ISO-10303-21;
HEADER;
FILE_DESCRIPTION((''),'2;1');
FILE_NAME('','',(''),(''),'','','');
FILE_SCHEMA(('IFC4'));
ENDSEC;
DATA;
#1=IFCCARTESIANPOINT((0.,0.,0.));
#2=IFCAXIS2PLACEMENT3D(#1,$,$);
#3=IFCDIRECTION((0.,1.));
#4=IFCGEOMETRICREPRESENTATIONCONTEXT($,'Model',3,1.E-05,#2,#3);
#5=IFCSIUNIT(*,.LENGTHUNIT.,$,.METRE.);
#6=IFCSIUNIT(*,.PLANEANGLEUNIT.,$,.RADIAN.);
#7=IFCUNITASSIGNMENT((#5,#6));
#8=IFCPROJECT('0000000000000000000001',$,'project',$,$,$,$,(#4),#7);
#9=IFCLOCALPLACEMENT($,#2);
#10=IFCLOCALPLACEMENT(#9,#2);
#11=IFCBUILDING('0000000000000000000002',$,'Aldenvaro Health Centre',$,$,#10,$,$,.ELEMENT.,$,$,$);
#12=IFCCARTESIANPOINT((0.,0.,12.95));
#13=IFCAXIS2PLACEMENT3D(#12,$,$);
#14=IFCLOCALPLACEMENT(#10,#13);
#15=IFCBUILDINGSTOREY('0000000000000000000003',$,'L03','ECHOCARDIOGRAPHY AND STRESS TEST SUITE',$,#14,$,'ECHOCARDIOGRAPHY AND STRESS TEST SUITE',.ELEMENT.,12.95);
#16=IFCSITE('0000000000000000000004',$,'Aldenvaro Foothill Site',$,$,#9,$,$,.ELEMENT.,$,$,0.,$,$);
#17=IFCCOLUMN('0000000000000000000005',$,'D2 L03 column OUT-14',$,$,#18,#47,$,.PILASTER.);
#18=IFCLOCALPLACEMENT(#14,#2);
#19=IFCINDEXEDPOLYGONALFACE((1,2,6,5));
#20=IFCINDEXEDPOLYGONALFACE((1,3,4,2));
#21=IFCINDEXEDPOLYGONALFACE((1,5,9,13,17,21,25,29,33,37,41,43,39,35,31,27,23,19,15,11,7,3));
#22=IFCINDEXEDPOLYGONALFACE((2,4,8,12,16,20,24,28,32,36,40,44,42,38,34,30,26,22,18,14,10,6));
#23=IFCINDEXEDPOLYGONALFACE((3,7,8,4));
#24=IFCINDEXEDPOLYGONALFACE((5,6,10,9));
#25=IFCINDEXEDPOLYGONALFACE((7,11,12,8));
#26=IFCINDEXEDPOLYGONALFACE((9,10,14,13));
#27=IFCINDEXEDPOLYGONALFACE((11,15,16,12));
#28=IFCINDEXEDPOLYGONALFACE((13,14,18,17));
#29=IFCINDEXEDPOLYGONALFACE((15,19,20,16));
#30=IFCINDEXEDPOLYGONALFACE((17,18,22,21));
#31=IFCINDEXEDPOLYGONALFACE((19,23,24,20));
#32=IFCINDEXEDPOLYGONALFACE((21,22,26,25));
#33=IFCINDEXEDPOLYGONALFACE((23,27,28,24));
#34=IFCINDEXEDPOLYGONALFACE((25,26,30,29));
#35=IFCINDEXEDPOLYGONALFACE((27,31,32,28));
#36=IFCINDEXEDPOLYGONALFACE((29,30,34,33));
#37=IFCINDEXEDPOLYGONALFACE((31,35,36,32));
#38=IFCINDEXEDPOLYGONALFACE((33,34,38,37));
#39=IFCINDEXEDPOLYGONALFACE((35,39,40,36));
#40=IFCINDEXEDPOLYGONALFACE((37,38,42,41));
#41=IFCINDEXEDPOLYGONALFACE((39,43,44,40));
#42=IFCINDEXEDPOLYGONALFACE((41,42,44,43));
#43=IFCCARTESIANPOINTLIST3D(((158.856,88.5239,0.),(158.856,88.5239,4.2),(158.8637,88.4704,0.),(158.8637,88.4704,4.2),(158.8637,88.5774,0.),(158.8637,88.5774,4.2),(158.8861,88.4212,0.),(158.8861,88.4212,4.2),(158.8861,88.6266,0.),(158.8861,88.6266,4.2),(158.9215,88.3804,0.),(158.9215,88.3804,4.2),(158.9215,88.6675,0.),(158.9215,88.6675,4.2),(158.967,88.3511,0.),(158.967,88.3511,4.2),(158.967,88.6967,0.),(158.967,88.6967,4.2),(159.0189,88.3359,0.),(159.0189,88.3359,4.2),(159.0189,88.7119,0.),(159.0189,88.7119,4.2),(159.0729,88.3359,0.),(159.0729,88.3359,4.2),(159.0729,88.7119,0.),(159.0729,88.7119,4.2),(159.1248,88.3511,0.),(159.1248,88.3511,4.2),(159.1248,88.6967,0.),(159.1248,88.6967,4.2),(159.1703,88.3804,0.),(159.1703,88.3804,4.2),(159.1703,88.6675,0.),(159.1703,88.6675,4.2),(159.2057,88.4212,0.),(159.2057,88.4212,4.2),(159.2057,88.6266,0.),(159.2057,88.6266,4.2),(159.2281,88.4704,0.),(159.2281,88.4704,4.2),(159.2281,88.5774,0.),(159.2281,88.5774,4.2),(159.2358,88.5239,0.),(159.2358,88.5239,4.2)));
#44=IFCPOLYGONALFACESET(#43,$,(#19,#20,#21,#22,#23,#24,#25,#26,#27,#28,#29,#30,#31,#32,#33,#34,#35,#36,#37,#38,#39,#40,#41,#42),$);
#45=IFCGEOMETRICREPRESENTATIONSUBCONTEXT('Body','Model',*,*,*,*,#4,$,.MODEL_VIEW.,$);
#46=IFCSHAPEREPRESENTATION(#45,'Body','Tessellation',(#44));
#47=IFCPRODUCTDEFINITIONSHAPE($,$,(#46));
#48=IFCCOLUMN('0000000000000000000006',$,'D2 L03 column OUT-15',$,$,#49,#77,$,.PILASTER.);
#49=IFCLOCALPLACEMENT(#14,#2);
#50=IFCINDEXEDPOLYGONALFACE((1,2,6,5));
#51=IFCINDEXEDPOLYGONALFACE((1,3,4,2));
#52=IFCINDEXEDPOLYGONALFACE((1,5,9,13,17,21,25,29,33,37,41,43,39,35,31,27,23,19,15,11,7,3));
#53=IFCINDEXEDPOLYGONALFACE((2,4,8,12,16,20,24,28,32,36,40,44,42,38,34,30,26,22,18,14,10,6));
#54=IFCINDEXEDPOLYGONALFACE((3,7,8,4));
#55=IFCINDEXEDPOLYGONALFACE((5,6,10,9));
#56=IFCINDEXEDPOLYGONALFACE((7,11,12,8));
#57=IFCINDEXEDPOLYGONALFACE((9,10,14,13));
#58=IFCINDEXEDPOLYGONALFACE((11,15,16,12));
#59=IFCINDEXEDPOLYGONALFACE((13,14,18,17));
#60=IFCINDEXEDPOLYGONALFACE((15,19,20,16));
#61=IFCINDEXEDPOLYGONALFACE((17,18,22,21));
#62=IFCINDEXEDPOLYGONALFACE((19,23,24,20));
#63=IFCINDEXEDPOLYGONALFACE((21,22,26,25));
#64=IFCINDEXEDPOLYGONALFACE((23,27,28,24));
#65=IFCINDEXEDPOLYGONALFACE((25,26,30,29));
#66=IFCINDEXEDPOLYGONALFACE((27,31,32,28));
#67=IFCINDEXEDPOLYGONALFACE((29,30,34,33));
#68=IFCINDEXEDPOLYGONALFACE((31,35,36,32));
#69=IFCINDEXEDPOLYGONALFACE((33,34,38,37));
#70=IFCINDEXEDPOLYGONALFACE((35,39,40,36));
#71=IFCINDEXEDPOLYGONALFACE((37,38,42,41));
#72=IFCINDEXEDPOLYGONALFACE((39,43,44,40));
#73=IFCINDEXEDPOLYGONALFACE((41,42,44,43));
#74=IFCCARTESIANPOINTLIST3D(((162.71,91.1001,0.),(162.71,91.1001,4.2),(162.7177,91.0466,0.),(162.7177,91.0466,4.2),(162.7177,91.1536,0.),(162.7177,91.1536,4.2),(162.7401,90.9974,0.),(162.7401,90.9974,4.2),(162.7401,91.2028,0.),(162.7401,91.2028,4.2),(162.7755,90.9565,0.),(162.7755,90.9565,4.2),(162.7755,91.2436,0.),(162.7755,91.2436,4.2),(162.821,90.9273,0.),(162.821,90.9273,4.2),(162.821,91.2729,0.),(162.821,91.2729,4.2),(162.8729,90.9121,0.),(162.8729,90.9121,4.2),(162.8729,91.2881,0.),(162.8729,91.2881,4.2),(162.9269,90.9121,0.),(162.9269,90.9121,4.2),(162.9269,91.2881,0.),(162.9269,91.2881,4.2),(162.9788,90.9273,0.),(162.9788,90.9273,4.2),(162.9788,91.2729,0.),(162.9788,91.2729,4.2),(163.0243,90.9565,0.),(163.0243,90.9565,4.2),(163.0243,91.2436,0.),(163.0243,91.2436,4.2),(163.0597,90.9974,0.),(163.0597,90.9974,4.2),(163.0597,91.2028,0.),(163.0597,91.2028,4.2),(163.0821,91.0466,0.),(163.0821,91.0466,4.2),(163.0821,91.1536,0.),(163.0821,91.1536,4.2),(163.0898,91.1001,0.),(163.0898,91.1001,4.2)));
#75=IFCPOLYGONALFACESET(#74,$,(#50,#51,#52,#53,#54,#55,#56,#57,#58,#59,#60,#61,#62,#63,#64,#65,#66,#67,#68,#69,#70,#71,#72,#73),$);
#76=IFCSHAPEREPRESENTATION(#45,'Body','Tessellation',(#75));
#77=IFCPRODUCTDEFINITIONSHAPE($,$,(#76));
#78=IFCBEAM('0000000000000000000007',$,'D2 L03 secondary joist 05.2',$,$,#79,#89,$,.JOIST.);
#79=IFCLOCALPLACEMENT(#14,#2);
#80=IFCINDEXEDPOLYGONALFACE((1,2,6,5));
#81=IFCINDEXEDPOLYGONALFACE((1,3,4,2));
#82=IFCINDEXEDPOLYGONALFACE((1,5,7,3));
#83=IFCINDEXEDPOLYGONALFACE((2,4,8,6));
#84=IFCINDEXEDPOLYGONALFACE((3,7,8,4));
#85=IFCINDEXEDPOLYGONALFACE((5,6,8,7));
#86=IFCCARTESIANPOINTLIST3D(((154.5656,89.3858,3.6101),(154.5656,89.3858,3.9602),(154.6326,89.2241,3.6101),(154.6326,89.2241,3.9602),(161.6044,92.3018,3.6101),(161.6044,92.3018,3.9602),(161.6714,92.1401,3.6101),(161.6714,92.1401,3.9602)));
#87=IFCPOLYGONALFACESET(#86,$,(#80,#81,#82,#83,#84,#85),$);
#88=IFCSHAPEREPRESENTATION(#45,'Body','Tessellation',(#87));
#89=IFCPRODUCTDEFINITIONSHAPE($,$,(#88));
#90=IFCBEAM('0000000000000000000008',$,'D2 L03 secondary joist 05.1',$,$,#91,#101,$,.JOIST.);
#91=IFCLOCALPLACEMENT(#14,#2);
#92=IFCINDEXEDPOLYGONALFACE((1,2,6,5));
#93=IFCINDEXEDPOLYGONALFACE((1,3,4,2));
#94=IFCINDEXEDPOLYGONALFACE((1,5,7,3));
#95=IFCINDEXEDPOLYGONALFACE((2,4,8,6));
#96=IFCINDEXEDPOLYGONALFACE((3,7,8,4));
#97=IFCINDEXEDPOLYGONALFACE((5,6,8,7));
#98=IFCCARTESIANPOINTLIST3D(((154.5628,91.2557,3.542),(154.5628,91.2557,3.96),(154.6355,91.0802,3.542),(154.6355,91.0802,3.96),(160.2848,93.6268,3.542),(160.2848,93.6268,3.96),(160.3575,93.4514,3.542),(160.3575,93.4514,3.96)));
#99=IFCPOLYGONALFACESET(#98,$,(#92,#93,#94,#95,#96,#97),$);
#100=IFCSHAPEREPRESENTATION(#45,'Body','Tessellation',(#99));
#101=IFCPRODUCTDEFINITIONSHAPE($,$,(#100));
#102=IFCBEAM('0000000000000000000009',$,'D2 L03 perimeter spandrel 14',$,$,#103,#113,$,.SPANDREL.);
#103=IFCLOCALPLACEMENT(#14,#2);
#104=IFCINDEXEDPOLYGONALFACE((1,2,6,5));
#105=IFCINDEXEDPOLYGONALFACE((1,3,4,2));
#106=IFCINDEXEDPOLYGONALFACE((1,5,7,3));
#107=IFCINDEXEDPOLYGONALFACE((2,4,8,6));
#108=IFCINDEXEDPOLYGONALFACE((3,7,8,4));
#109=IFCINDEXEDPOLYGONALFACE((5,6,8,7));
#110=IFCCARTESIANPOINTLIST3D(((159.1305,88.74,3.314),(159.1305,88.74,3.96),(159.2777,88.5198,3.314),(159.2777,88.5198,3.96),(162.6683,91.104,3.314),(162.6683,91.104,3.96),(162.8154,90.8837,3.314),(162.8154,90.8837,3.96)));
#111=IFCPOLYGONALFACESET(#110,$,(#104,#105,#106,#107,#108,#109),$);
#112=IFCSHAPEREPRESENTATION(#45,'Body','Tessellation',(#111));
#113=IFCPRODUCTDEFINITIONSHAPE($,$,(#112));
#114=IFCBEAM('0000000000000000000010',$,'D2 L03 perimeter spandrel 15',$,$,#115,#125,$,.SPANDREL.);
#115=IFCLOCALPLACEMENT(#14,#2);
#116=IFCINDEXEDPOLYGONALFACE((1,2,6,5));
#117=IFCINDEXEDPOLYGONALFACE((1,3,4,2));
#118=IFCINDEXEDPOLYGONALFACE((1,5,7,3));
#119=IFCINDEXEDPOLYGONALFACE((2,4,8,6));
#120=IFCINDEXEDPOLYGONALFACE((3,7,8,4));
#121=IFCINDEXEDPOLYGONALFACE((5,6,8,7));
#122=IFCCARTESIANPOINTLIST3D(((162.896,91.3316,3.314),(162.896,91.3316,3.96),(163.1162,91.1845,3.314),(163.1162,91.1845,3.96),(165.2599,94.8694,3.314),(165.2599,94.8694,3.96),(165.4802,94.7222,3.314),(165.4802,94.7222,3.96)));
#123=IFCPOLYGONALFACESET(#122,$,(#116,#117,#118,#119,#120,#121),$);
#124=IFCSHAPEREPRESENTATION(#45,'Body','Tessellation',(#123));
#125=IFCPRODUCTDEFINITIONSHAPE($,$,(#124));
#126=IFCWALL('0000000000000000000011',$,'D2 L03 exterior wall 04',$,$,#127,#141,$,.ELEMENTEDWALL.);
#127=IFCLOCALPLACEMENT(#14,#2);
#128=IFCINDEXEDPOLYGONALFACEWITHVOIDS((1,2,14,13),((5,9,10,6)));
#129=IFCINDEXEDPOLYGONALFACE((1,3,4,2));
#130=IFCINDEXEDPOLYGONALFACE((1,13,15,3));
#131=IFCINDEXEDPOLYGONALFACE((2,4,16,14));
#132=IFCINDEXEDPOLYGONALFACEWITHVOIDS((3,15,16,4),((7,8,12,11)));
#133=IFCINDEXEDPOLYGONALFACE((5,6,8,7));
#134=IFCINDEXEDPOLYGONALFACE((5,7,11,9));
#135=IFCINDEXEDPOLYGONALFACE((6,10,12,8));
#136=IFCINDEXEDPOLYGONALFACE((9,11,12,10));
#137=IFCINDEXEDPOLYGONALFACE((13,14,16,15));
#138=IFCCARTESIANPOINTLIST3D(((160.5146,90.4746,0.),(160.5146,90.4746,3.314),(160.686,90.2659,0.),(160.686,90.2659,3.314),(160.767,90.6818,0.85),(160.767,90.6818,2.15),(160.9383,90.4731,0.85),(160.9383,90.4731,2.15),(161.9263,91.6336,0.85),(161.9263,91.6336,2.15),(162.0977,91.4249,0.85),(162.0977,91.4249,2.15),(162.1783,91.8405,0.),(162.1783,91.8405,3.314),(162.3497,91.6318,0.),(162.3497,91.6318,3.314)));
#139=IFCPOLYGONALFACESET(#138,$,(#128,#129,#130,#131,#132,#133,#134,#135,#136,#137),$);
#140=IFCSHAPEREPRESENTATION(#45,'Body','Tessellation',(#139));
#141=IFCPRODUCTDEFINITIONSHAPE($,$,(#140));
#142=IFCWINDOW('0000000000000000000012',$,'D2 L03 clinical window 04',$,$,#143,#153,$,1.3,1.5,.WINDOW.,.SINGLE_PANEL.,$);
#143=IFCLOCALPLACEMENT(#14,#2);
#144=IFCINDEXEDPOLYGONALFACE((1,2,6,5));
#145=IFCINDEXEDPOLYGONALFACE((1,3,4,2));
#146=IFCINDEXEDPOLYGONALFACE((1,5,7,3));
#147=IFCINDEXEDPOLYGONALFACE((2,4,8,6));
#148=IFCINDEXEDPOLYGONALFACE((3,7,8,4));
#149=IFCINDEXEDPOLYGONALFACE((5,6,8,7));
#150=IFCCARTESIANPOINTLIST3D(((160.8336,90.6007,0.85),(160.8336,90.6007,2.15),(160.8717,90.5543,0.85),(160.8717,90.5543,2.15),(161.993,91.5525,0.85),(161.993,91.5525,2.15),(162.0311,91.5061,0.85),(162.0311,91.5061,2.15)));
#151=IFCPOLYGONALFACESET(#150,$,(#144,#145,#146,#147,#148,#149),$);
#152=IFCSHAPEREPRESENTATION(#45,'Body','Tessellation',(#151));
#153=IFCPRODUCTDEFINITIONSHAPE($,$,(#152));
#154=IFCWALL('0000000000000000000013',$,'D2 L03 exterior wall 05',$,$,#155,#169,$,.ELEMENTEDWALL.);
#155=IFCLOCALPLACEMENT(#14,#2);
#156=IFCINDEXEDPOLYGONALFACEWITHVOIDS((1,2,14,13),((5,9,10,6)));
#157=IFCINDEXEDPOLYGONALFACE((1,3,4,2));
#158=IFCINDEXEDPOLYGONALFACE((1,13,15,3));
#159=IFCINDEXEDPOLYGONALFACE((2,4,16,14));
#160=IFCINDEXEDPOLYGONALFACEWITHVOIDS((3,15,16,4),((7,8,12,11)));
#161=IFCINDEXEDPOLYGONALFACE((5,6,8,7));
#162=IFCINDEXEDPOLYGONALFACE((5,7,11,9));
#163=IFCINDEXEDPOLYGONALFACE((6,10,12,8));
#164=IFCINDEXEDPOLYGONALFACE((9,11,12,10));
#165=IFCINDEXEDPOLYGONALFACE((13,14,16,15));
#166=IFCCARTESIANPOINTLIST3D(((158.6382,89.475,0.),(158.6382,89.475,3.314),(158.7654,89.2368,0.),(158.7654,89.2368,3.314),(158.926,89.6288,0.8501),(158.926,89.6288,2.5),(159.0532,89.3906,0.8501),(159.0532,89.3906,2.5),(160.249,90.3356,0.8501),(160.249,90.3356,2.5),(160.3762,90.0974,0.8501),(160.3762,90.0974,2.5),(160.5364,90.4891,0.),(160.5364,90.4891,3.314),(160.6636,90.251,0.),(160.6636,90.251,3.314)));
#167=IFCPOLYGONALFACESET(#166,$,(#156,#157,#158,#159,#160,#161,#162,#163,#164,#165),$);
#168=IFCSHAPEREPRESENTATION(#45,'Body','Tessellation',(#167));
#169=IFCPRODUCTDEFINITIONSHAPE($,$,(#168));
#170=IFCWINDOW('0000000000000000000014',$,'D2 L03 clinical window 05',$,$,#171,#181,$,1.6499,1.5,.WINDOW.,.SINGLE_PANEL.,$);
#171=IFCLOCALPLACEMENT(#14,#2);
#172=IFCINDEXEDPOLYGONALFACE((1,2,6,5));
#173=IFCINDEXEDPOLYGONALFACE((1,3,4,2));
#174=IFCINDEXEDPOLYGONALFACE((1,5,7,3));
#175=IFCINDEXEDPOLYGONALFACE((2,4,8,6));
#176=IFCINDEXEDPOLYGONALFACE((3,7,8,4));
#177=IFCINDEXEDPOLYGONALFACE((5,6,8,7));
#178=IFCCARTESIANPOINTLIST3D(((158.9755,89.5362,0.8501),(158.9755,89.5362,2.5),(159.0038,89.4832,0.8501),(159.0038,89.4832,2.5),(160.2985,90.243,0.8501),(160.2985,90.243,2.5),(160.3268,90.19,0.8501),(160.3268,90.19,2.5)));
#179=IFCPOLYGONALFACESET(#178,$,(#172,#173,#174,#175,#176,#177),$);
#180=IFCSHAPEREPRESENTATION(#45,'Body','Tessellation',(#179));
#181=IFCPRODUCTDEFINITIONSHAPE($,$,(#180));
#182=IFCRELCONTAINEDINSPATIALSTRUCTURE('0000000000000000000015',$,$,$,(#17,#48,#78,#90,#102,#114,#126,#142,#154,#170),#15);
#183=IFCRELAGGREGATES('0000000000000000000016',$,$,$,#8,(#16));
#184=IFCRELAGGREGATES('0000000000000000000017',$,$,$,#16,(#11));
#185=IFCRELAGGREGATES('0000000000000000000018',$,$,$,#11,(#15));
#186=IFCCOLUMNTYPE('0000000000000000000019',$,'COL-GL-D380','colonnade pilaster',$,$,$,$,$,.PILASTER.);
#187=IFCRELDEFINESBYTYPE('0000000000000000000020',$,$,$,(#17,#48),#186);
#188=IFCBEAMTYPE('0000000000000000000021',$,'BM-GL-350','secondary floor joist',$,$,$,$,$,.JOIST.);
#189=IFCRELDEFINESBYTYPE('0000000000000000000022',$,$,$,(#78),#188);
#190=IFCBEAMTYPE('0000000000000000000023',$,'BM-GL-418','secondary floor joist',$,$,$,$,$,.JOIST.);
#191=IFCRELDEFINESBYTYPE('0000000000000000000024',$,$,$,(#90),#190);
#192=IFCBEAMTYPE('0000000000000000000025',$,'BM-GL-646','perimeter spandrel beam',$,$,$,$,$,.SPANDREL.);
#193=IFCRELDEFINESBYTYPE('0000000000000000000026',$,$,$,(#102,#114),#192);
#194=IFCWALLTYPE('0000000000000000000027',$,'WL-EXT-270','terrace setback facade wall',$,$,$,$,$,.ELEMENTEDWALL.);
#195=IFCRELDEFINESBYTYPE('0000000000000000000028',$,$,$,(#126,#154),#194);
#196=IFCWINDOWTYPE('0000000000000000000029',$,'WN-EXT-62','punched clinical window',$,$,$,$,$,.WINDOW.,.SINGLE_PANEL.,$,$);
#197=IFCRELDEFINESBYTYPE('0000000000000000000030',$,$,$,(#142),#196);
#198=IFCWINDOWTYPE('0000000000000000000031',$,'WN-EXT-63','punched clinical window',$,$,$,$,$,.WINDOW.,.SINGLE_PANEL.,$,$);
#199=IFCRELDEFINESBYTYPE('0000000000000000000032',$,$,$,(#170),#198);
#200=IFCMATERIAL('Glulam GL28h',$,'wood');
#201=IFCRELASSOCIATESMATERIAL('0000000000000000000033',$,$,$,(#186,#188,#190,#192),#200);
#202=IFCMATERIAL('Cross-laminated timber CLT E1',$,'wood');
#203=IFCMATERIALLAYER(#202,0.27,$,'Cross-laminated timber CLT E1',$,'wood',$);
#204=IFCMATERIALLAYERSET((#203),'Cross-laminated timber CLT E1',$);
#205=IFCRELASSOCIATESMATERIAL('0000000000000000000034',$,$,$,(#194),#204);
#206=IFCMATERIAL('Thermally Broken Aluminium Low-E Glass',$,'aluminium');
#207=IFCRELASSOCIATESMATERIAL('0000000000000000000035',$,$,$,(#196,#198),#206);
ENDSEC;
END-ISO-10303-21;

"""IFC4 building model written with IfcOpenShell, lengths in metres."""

from ifc_helpers import new_model, si_unit, direction, frame, frame_2d, origin, origin_2d, place, context, subcontext, project, spatial, rectangle, circle, extrude, material, layer, layer_set, material_profile, profile_set, type_object, element, fill, save


model = new_model("IFC4")

# Units and contexts
model_context = context("Model", 3, precision=1e-05, world=origin(), true_north=direction((0.0, 1.0)))
body_context = subcontext(model_context, "Body", "Model", "MODEL_VIEW")
ifc_project = project(units=[si_unit("LENGTHUNIT", "METRE"), si_unit("PLANEANGLEUNIT", "RADIAN")], contexts=[model_context])

# Site, building, storey
site_placement = place(None, origin())
site = spatial("IfcSite", under=ifc_project, at=site_placement, Name="Aldenvaro Foothill Site", CompositionType="ELEMENT", RefElevation=0.0)
building_placement = place(site_placement, origin())
building = spatial("IfcBuilding", under=site, at=building_placement, Name="Aldenvaro Health Centre", CompositionType="ELEMENT")
storey_placement = place(building_placement, frame((0.0, 0.0, 12.95)))
storey = spatial("IfcBuildingStorey", under=building, at=storey_placement, Name="L03", Description="ECHOCARDIOGRAPHY AND STRESS TEST SUITE", LongName="ECHOCARDIOGRAPHY AND STRESS TEST SUITE", CompositionType="ELEMENT", Elevation=12.95)

# Columns
ifc_material_1 = material(Name="Glulam GL28h", Category="wood")
ifc_material_profile_1 = material_profile(ifc_material_1, circle(Radius=0.1899, at=origin_2d()), Name="GL D380", Category="wood")
ifc_profile_set_1 = profile_set([ifc_material_profile_1], Name="Glulam GL28h")
column_type = type_object("IfcColumnType", Name="COL-GL-D380", Description="colonnade pilaster", PredefinedType="PILASTER", material=ifc_profile_set_1)
for number, where, z_axis, x_axis, name in (
    (1, (159.0459, 88.5239, 0.0), (0.0, 0.0, 1.0), (1.0, 0.0, 0.0), "D2 L03 column OUT-14"),
    (2, (162.8999, 91.1001, 0.0), (0.0, 0.0, 1.0), (1.0, 0.0, 0.0), "D2 L03 column OUT-15"),
):
    element("IfcColumn", number, at=place(storey_placement, frame(where, z_axis=z_axis, x_axis=x_axis)), inside=storey, type_object=column_type, Name=name, PredefinedType="PILASTER", context=body_context, shape_type="SweptSolid", body=[
        extrude(circle(Radius=0.1899, at=origin_2d()), origin(), (0.0, 0.0, 1.0), 4.2),
    ])

# Beams
ifc_material_profile_2 = material_profile(ifc_material_1, rectangle(XDim=0.175, YDim=0.3501, at=origin_2d()), Name="GL 175x350", Category="wood")
ifc_profile_set_2 = profile_set([ifc_material_profile_2], Name="Glulam GL28h")
beam_type_1 = type_object("IfcBeamType", Name="BM-GL-350", Description="secondary floor joist", PredefinedType="JOIST", material=ifc_profile_set_2)
beam_1_placement = place(storey_placement, frame((154.5991, 89.3049, 3.7852), z_axis=(0.923859, 0.382733, 0.0), x_axis=(-0.382733, 0.923859, 0.0)))
element("IfcBeam", 3, at=beam_1_placement, inside=storey, type_object=beam_type_1, Name="D2 L03 secondary joist 05.2", PredefinedType="JOIST", context=body_context, shape_type="SweptSolid", body=[
    extrude(rectangle(XDim=0.175, YDim=0.3501, at=origin_2d()), origin(), (0.0, 0.0, 1.0), 7.6189),
])
ifc_material_profile_3 = material_profile(ifc_material_1, rectangle(XDim=0.1899, YDim=0.418, at=origin_2d()), Name="GL 190x418", Category="wood")
ifc_profile_set_3 = profile_set([ifc_material_profile_3], Name="Glulam GL28h")
beam_type_2 = type_object("IfcBeamType", Name="BM-GL-418", Description="secondary floor joist", PredefinedType="JOIST", material=ifc_profile_set_3)
beam_2_placement = place(storey_placement, frame((154.5991, 91.168, 3.751), z_axis=(0.923823, 0.382821, 0.0), x_axis=(-0.382821, 0.923823, 0.0)))
element("IfcBeam", 4, at=beam_2_placement, inside=storey, type_object=beam_type_2, Name="D2 L03 secondary joist 05.1", PredefinedType="JOIST", context=body_context, shape_type="SweptSolid", body=[
    extrude(rectangle(XDim=0.1899, YDim=0.418, at=origin_2d()), origin(), (0.0, 0.0, 1.0), 6.1938),
])
ifc_material_profile_4 = material_profile(ifc_material_1, rectangle(XDim=0.2649, YDim=0.646, at=origin_2d()), Name="GL 265x646", Category="wood")
ifc_profile_set_4 = profile_set([ifc_material_profile_4], Name="Glulam GL28h")
beam_type_3 = type_object("IfcBeamType", Name="BM-GL-646", Description="perimeter spandrel beam", PredefinedType="SPANDREL", material=ifc_profile_set_4)
for number, where, z_axis, x_axis, name in (
    (5, (159.2041, 88.6299, 3.637), (0.831458, 0.555587, 0.0), (-0.555587, 0.831458, 0.0), "D2 L03 perimeter spandrel 14"),
    (6, (163.0061, 91.2581, 3.637), (0.555587, 0.831458, 0.0), (-0.831458, 0.555587, 0.0), "D2 L03 perimeter spandrel 15"),
):
    element("IfcBeam", number, at=place(storey_placement, frame(where, z_axis=z_axis, x_axis=x_axis)), inside=storey, type_object=beam_type_3, Name=name, PredefinedType="SPANDREL", context=body_context, shape_type="SweptSolid", body=[
        extrude(rectangle(XDim=0.2649, YDim=0.646, at=origin_2d()), origin(), (0.0, 0.0, 1.0), 4.2549),
    ])

# Walls, openings, windows
ifc_material_2 = material(Name="Cross-laminated timber CLT E1", Category="wood")
ifc_layer = layer(ifc_material_2, 0.27, Name="Cross-laminated timber CLT E1", Category="wood")
ifc_layer_set = layer_set([ifc_layer], Name="Cross-laminated timber CLT E1")
wall_type = type_object("IfcWallType", Name="WL-EXT-270", Description="terrace setback facade wall", PredefinedType="ELEMENTEDWALL", material=ifc_layer_set)
wall_1_placement = place(storey_placement, frame((162.2639, 91.7361, 0.0), z_axis=(0.0, 0.0, 1.0), x_axis=(-0.772895, -0.634534, 0.0)))
wall_1 = element("IfcWall", 7, at=wall_1_placement, inside=storey, type_object=wall_type, Name="D2 L03 exterior wall 04", PredefinedType="ELEMENTEDWALL", context=body_context, shape_type="SweptSolid", body=[
    extrude(rectangle(XDim=2.1526, YDim=0.27, at=frame_2d((1.0762, 0.0))), origin(), (0.0, 0.0, 1.0), 3.314),
])
opening_1_placement = place(wall_1_placement, frame((0.3259, 0.0, 0.8501)))
opening_1 = element("IfcOpeningElement", 8, at=opening_1_placement, cuts=wall_1, PredefinedType="OPENING", context=body_context, shape_type="SweptSolid", body=[
    extrude(rectangle(XDim=1.5, YDim=1.3, at=frame_2d((0.75, 0.6499))), frame((0.0, 0.145, 0.0), z_axis=(0.0, -1.0, 0.0), x_axis=(1.0, 0.0, 0.0)), (0.0, 0.0, 1.0), 0.29),
])
ifc_material_3 = material(Name="Thermally Broken Aluminium Low-E Glass", Category="aluminium")
window_type_1 = type_object("IfcWindowType", Name="WN-EXT-62", Description="punched clinical window", PartitioningType="SINGLE_PANEL", PredefinedType="WINDOW", material=ifc_material_3)
window_1_placement = place(opening_1_placement, origin())
window_1 = element("IfcWindow", 9, at=window_1_placement, inside=storey, type_object=window_type_1, Name="D2 L03 clinical window 04", OverallHeight=1.3, OverallWidth=1.5, PartitioningType="SINGLE_PANEL", PredefinedType="WINDOW", context=body_context, shape_type="SweptSolid", body=[
    extrude(rectangle(XDim=1.5, YDim=1.3, at=frame_2d((0.75, 0.6499))), frame((0.0, 0.03, 0.0), z_axis=(0.0, -1.0, 0.0), x_axis=(1.0, 0.0, 0.0)), (0.0, 0.0, 1.0), 0.0601),
])
fill(opening_1, window_1)
wall_2_placement = place(storey_placement, frame((160.6001, 90.3701, 0.0), z_axis=(0.0, 0.0, 1.0), x_axis=(-0.882007, -0.471236, 0.0)))
wall_2 = element("IfcWall", 10, at=wall_2_placement, inside=storey, type_object=wall_type, Name="D2 L03 exterior wall 05", PredefinedType="ELEMENTEDWALL", context=body_context, shape_type="SweptSolid", body=[
    extrude(rectangle(XDim=2.1521, YDim=0.27, at=frame_2d((1.0762, 0.0))), origin(), (0.0, 0.0, 1.0), 3.314),
])
opening_2_placement = place(wall_2_placement, frame((0.3259, 0.0, 0.8501)))
opening_2 = element("IfcOpeningElement", 11, at=opening_2_placement, cuts=wall_2, PredefinedType="OPENING", context=body_context, shape_type="SweptSolid", body=[
    extrude(rectangle(XDim=1.5, YDim=1.6499, at=frame_2d((0.75, 0.825))), frame((0.0, 0.145, 0.0), z_axis=(0.0, -1.0, 0.0), x_axis=(1.0, 0.0, 0.0)), (0.0, 0.0, 1.0), 0.29),
])
window_type_2 = type_object("IfcWindowType", Name="WN-EXT-63", Description="punched clinical window", PartitioningType="SINGLE_PANEL", PredefinedType="WINDOW", material=ifc_material_3)
window_2_placement = place(opening_2_placement, origin())
window_2 = element("IfcWindow", 12, at=window_2_placement, inside=storey, type_object=window_type_2, Name="D2 L03 clinical window 05", OverallHeight=1.6499, OverallWidth=1.5, PartitioningType="SINGLE_PANEL", PredefinedType="WINDOW", context=body_context, shape_type="SweptSolid", body=[
    extrude(rectangle(XDim=1.5, YDim=1.6499, at=frame_2d((0.75, 0.825))), frame((0.0, 0.03, 0.0), z_axis=(0.0, -1.0, 0.0), x_axis=(1.0, 0.0, 0.0)), (0.0, 0.0, 1.0), 0.0601),
])
fill(opening_2, window_2)

save(model, "model.ifc")
